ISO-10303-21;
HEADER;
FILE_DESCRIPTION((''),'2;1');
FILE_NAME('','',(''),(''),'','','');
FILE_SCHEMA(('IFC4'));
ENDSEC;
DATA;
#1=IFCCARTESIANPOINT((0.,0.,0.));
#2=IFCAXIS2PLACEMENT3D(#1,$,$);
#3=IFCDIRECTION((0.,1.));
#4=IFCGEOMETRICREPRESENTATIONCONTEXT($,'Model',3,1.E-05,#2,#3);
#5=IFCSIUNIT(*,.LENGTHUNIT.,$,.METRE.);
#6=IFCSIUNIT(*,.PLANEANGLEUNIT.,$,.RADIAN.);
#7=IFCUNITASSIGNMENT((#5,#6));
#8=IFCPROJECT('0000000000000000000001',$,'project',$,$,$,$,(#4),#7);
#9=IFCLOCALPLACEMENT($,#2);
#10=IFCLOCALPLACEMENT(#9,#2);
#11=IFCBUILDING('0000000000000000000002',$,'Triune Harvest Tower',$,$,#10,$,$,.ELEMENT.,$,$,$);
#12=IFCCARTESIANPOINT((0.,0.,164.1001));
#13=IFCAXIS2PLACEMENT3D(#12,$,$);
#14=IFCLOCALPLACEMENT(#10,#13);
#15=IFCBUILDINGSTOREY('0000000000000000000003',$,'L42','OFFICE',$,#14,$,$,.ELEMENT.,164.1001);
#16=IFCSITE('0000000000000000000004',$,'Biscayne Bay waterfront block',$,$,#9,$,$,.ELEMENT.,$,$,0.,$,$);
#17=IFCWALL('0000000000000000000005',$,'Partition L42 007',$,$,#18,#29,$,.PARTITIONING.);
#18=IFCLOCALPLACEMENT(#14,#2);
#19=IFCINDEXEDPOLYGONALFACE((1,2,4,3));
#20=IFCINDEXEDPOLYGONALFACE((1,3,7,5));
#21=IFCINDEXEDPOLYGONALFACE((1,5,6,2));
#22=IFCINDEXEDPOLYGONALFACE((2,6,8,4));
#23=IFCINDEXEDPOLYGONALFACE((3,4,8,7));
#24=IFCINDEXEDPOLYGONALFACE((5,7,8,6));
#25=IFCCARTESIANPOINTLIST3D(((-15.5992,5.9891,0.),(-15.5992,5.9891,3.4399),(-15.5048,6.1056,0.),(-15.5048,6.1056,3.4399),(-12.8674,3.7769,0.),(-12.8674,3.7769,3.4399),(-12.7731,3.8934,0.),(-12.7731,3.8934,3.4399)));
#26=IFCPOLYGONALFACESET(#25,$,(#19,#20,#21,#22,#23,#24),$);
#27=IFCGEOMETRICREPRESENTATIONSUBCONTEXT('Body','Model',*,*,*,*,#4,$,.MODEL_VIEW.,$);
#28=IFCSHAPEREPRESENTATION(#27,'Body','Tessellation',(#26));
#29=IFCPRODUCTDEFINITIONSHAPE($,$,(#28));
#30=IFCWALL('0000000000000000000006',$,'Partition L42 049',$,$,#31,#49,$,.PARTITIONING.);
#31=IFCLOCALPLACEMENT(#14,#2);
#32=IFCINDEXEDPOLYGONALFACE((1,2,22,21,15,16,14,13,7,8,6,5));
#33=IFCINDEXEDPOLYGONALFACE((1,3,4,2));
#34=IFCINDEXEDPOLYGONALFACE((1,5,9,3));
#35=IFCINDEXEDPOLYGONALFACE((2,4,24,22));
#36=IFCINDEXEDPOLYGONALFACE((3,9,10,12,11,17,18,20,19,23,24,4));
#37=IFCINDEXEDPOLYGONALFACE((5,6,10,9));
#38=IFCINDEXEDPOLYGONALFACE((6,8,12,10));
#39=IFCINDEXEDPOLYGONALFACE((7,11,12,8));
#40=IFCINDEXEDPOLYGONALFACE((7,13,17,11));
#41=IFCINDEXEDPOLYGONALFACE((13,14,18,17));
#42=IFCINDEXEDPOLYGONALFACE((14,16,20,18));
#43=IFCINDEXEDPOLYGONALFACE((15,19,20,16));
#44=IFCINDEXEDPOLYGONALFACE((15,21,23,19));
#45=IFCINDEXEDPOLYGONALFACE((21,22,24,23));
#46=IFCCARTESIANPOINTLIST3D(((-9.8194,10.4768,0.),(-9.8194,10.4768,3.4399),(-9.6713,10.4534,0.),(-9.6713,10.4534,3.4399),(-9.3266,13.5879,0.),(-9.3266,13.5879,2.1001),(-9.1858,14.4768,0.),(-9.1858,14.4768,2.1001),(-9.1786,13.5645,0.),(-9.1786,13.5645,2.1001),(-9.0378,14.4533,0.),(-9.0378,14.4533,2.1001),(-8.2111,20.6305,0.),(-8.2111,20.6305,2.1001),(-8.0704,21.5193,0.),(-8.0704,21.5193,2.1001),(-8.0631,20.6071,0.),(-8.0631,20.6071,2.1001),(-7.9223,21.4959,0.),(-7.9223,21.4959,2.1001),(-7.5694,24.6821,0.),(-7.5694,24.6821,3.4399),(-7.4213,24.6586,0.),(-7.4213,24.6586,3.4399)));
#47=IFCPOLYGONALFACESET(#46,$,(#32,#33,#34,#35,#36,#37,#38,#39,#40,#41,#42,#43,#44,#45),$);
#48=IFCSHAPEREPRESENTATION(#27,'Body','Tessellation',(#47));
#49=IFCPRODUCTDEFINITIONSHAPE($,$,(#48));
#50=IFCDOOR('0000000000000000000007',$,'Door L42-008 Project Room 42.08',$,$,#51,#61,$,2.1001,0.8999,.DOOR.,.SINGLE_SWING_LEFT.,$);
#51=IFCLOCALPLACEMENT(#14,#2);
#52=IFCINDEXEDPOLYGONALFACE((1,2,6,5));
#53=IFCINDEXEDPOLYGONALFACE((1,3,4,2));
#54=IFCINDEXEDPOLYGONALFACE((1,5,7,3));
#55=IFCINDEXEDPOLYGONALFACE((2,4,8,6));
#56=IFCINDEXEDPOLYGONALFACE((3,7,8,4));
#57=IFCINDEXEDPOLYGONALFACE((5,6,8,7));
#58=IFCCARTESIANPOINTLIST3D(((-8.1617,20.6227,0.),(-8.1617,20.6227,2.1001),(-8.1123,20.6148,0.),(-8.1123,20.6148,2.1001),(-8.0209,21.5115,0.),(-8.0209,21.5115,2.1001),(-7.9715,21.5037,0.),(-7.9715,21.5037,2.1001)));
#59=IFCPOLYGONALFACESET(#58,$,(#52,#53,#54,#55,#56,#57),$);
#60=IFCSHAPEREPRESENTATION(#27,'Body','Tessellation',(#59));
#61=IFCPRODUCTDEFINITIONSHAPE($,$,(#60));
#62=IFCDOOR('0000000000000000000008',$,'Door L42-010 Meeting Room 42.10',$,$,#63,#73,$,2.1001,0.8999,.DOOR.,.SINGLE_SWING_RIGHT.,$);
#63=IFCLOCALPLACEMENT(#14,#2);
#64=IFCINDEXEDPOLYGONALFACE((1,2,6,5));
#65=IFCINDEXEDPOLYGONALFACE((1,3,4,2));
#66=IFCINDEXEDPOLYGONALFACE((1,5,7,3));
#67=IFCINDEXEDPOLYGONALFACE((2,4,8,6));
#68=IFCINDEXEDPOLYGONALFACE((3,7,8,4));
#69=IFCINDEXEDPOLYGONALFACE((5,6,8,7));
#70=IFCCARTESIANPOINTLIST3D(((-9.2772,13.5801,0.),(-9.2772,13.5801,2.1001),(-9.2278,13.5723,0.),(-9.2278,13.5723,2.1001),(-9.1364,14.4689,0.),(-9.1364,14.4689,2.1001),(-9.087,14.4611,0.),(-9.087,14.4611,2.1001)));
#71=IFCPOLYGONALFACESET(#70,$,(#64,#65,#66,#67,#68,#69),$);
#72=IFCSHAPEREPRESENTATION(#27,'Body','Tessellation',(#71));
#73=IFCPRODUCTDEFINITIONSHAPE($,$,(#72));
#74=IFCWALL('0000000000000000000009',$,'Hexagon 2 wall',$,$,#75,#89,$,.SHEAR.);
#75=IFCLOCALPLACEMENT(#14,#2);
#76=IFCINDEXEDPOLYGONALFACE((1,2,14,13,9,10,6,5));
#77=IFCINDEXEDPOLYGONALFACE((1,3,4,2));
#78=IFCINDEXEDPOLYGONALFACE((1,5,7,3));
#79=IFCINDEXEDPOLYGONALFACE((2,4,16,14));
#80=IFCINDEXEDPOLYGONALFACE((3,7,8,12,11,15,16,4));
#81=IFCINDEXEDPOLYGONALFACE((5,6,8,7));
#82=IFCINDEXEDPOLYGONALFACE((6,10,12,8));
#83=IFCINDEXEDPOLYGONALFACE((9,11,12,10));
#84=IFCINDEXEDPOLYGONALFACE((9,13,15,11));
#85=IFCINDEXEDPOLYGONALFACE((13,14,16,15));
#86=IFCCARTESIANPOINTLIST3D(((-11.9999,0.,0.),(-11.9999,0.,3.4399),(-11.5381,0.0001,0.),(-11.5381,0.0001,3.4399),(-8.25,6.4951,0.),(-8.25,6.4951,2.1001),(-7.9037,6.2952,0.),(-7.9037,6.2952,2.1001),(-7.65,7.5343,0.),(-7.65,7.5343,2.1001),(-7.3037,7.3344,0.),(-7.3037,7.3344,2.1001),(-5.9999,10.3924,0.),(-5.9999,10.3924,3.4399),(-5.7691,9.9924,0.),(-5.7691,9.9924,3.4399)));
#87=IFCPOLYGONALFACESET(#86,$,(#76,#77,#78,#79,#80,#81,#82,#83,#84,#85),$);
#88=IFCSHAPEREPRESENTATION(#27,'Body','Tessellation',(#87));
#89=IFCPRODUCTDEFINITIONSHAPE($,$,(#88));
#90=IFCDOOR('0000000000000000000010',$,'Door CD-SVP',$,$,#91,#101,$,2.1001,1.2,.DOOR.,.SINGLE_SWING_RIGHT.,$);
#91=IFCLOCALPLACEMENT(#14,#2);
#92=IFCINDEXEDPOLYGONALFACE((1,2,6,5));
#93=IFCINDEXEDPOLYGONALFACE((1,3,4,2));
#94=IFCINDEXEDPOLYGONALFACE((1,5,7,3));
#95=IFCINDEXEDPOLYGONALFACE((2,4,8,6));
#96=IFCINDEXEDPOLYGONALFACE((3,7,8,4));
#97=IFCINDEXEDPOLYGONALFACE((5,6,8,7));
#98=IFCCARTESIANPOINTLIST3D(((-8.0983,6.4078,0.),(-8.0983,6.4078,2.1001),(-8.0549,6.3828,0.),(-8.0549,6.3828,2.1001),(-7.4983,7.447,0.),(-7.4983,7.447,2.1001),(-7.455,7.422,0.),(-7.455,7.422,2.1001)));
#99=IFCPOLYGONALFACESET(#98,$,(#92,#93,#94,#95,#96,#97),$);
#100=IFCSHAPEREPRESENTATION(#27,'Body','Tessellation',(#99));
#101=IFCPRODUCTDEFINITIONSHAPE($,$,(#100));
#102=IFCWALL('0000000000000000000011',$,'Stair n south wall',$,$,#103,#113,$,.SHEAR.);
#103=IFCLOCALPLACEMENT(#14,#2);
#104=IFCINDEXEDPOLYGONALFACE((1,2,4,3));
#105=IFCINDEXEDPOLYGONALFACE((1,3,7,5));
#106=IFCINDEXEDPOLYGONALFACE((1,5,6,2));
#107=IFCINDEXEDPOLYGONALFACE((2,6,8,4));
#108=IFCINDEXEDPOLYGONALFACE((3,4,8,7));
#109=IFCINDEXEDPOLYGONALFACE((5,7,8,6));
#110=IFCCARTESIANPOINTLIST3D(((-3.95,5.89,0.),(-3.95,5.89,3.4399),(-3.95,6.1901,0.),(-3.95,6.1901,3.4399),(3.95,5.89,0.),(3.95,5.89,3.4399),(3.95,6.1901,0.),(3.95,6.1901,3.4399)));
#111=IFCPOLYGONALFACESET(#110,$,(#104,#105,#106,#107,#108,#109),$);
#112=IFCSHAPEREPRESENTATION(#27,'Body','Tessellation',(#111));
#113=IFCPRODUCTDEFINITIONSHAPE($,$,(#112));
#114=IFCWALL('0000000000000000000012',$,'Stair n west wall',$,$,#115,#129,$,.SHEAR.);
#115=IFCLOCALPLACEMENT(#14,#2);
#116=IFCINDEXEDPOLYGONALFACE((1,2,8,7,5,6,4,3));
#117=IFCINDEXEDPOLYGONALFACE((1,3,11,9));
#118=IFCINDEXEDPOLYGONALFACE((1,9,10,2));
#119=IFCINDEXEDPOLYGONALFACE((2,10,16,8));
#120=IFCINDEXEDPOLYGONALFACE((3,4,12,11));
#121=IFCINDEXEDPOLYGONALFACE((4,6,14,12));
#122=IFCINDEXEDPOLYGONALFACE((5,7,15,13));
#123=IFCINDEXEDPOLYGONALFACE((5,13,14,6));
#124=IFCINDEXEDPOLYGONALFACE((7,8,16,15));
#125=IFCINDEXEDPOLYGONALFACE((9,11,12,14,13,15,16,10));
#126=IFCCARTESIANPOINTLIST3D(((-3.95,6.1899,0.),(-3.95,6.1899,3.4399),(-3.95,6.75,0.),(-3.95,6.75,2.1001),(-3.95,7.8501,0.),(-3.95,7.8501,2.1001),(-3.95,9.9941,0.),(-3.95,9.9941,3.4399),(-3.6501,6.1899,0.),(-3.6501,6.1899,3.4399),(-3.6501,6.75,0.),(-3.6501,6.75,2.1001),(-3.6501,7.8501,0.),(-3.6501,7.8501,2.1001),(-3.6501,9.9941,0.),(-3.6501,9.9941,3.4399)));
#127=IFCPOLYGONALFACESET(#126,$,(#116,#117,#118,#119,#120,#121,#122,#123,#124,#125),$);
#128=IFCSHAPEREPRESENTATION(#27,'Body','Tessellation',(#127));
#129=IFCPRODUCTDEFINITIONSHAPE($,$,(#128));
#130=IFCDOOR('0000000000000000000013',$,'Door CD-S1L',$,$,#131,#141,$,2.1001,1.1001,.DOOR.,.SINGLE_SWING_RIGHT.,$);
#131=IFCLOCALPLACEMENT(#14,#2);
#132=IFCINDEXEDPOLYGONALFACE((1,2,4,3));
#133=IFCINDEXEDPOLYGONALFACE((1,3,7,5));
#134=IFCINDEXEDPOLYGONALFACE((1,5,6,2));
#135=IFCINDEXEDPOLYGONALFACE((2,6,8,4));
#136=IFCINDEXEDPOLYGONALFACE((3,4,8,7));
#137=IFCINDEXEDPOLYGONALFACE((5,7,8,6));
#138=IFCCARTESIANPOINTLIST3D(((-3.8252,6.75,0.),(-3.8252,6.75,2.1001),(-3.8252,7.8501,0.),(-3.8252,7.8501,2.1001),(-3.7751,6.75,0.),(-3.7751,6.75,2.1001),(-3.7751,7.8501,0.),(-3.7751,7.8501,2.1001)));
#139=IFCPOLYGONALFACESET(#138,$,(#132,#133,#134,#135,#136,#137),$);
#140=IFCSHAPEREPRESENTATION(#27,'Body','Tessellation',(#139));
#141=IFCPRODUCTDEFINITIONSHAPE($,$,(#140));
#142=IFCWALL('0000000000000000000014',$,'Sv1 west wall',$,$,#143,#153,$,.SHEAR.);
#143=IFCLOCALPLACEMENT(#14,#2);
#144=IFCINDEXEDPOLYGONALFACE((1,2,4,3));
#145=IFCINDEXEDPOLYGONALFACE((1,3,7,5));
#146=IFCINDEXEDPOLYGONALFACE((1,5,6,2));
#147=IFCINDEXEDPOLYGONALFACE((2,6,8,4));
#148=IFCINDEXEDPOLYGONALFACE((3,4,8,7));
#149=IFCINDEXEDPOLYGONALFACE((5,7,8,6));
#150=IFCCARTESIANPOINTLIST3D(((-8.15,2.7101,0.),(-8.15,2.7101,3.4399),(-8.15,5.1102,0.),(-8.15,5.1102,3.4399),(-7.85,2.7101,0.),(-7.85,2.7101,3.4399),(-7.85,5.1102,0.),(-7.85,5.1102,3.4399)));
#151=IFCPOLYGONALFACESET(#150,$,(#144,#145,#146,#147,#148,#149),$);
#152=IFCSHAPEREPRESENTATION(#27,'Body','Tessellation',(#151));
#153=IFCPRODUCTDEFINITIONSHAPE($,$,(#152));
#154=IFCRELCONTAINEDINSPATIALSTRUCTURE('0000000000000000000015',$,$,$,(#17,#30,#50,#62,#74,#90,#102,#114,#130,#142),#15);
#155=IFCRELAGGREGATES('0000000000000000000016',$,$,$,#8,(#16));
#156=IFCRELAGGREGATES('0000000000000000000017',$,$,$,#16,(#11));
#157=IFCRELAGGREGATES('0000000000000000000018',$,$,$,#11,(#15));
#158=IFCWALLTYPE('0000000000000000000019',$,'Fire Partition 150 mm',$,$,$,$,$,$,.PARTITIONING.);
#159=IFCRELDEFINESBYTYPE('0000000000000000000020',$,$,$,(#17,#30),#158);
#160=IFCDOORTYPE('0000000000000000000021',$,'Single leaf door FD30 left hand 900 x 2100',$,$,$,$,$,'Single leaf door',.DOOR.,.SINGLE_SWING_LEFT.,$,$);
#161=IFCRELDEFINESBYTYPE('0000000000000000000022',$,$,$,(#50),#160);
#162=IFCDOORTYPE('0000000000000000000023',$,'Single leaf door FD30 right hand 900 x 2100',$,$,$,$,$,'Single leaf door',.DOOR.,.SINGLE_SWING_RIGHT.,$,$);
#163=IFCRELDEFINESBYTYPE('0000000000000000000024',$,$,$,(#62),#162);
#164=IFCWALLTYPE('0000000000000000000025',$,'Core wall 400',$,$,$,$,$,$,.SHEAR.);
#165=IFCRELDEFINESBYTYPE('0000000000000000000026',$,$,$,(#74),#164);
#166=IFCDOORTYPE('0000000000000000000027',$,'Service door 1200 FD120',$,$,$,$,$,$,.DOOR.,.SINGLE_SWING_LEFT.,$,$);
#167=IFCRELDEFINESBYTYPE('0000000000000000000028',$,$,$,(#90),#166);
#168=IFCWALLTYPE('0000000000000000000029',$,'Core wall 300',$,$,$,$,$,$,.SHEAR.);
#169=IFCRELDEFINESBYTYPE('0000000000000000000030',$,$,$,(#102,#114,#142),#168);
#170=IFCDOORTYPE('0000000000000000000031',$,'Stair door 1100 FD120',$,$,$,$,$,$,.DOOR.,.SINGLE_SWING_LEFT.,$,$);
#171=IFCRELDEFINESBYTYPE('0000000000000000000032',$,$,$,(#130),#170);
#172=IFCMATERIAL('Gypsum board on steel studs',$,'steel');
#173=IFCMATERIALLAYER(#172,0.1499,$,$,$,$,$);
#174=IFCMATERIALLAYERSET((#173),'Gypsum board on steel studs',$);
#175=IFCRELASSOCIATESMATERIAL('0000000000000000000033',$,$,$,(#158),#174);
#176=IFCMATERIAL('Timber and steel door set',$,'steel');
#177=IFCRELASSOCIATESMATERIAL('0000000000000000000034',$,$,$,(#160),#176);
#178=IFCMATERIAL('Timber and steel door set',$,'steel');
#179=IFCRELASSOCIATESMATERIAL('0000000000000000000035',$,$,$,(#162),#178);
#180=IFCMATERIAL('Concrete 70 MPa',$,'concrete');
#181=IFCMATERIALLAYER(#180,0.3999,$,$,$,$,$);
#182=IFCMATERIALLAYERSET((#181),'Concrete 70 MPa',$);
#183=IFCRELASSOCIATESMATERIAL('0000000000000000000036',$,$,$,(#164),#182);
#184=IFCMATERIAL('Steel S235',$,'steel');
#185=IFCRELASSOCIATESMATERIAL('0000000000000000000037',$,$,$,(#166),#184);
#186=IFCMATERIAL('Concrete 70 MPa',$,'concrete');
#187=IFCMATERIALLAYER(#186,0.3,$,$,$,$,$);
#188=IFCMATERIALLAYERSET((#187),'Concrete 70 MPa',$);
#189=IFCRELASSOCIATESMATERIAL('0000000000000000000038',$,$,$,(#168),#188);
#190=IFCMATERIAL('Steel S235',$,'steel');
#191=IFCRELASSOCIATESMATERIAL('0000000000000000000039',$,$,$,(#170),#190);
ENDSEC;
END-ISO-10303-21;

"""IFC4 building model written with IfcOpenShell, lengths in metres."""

from ifc_helpers import new_model, si_unit, direction, frame, frame_2d, origin, place, context, subcontext, project, spatial, polyline, rectangle, outline, extrude, source, transform, mapped, material, layer, layer_set, type_object, element, fill, save


model = new_model("IFC4")

# Units and contexts
model_context = context("Model", 3, precision=1e-05, world=origin(), true_north=direction((0.0, 1.0)))
body_context = subcontext(model_context, "Body", "Model", "MODEL_VIEW")
ifc_project = project(units=[si_unit("LENGTHUNIT", "METRE"), si_unit("PLANEANGLEUNIT", "RADIAN")], contexts=[model_context])

# Site, building, storey
site_placement = place(None, origin())
site = spatial("IfcSite", under=ifc_project, at=site_placement, Name="Biscayne Bay waterfront block", CompositionType="ELEMENT", RefElevation=0.0)
building_placement = place(site_placement, origin())
building = spatial("IfcBuilding", under=site, at=building_placement, Name="Triune Harvest Tower", CompositionType="ELEMENT")
storey_placement = place(building_placement, frame((0.0, 0.0, 164.1001)))
storey = spatial("IfcBuildingStorey", under=building, at=storey_placement, Name="L42", Description="OFFICE", CompositionType="ELEMENT", Elevation=164.1001)

# Wall
ifc_material_1 = material(Name="Gypsum board on steel studs", Category="steel")
ifc_layer_1 = layer(ifc_material_1, 0.1499)
ifc_layer_set_1 = layer_set([ifc_layer_1], Name="Gypsum board on steel studs")
wall_type_1 = type_object("IfcWallType", Name="Fire Partition 150 mm", PredefinedType="PARTITIONING", material=ifc_layer_set_1)
wall_1_placement = place(storey_placement, frame((-15.552, 6.0474, 0.0), z_axis=(0.0, 0.0, 1.0), x_axis=(0.777135, -0.629334, 0.0)))
element("IfcWall", 1, at=wall_1_placement, inside=storey, type_object=wall_type_1, Name="Partition L42 007", PredefinedType="PARTITIONING", context=body_context, shape_type="SweptSolid", body=[
    extrude(rectangle(XDim=3.5151, YDim=0.1499, at=frame_2d((1.7576, 0.0))), origin(), (0.0, 0.0, 1.0), 3.4399),
])

# Wall, openings, doors
wall_2_placement = place(storey_placement, frame((-9.7454, 10.4651, 0.0), z_axis=(0.0, 0.0, 1.0), x_axis=(0.156441, 0.987687, 0.0)))
wall_2 = element("IfcWall", 2, at=wall_2_placement, inside=storey, type_object=wall_type_1, Name="Partition L42 049", PredefinedType="PARTITIONING", context=body_context, shape_type="SweptSolid", body=[
    extrude(rectangle(XDim=14.3823, YDim=0.1499, at=frame_2d((7.1912, 0.0))), origin(), (0.0, 0.0, 1.0), 3.4399),
])
opening_1_placement = place(wall_2_placement, frame((10.2803, 0.0, 0.0)))
opening_1 = element("IfcOpeningElement", 3, at=opening_1_placement, cuts=wall_2, PredefinedType="OPENING", context=body_context, shape_type="SweptSolid", body=[
    extrude(rectangle(XDim=0.8999, YDim=2.1001, at=frame_2d((0.45, 1.05))), frame((0.0, 0.085, 0.0), z_axis=(0.0, -1.0, 0.0), x_axis=(1.0, 0.0, 0.0)), (0.0, 0.0, 1.0), 0.1699),
])
opening_2_placement = place(wall_2_placement, frame((3.1499, 0.0, 0.0)))
opening_2 = element("IfcOpeningElement", 4, at=opening_2_placement, cuts=wall_2, PredefinedType="OPENING", context=body_context, shape_type="SweptSolid", body=[
    extrude(rectangle(XDim=0.8999, YDim=2.1001, at=frame_2d((0.45, 1.05))), frame((0.0, 0.085, 0.0), z_axis=(0.0, -1.0, 0.0), x_axis=(1.0, 0.0, 0.0)), (0.0, 0.0, 1.0), 0.1699),
])
ifc_material_2 = material(Name="Timber and steel door set", Category="steel")
door_type_1 = type_object("IfcDoorType", Name="Single leaf door FD30 left hand 900 x 2100", ElementType="Single leaf door", OperationType="SINGLE_SWING_LEFT", PredefinedType="DOOR", material=ifc_material_2)
door_1_placement = place(opening_1_placement, origin())
door_1 = element("IfcDoor", 5, at=door_1_placement, inside=storey, type_object=door_type_1, Name="Door L42-008 Project Room 42.08", OperationType="SINGLE_SWING_LEFT", OverallHeight=2.1001, OverallWidth=0.8999, PredefinedType="DOOR", context=body_context, shape_type="SweptSolid", body=[
    extrude(rectangle(XDim=0.8999, YDim=2.1001, at=frame_2d((0.45, 1.05))), frame((0.0, 0.0249, 0.0), z_axis=(0.0, -1.0, 0.0), x_axis=(1.0, 0.0, 0.0)), (0.0, 0.0, 1.0), 0.05),
])
fill(opening_1, door_1)
ifc_material_3 = material(Name="Timber and steel door set", Category="steel")
door_type_2 = type_object("IfcDoorType", Name="Single leaf door FD30 right hand 900 x 2100", ElementType="Single leaf door", OperationType="SINGLE_SWING_RIGHT", PredefinedType="DOOR", material=ifc_material_3)
door_2_placement = place(opening_2_placement, origin())
door_2 = element("IfcDoor", 6, at=door_2_placement, inside=storey, type_object=door_type_2, Name="Door L42-010 Meeting Room 42.10", OperationType="SINGLE_SWING_RIGHT", OverallHeight=2.1001, OverallWidth=0.8999, PredefinedType="DOOR", context=body_context, shape_type="SweptSolid", body=[
    extrude(rectangle(XDim=0.8999, YDim=2.1001, at=frame_2d((0.45, 1.05))), frame((0.0, 0.0249, 0.0), z_axis=(0.0, -1.0, 0.0), x_axis=(1.0, 0.0, 0.0)), (0.0, 0.0, 1.0), 0.05),
])
fill(opening_2, door_2)

# Wall, opening, door
ifc_material_4 = material(Name="Concrete 70 MPa", Category="concrete")
ifc_layer_2 = layer(ifc_material_4, 0.3999)
ifc_layer_set_2 = layer_set([ifc_layer_2], Name="Concrete 70 MPa")
wall_type_2 = type_object("IfcWallType", Name="Core wall 400", PredefinedType="SHEAR", material=ifc_layer_set_2)
shared_shape_1 = source(origin(), body_context, "Body", "SweptSolid", [
    extrude(outline(polyline([(-0.1155, -0.2), (11.8845, -0.2), (11.6536, 0.2), (0.1155, 0.2), (-0.1155, -0.2)])), origin(), (0.0, 0.0, 1.0), 3.4399),
])
wall_3_placement = place(storey_placement, frame((-5.8845, 10.1924, 0.0), z_axis=(0.0, 0.0, 1.0), x_axis=(-0.499997, -0.866027, 0.0)))
wall_3 = element("IfcWall", 7, at=wall_3_placement, inside=storey, type_object=wall_type_2, Name="Hexagon 2 wall", PredefinedType="SHEAR", context=body_context, shape_type="MappedRepresentation", body=[
    mapped(shared_shape_1, transform((0.0, 0.0, 0.0), scale=1.0)),
])
opening_3_placement = place(wall_3_placement, frame((3.1846, 0.0, 0.0)))
opening_3 = element("IfcOpeningElement", 8, at=opening_3_placement, cuts=wall_3, PredefinedType="OPENING", context=body_context, shape_type="SweptSolid", body=[
    extrude(rectangle(XDim=1.2, YDim=2.1001, at=frame_2d((0.6001, 1.05))), frame((0.0, 0.21, 0.0), z_axis=(0.0, -1.0, 0.0), x_axis=(1.0, 0.0, 0.0)), (0.0, 0.0, 1.0), 0.4199),
])
ifc_material_5 = material(Name="Steel S235", Category="steel")
door_type_3 = type_object("IfcDoorType", Name="Service door 1200 FD120", OperationType="SINGLE_SWING_LEFT", PredefinedType="DOOR", material=ifc_material_5)
door_3_placement = place(opening_3_placement, frame((1.2, 0.0, 0.0), z_axis=(0.0, 0.0, 1.0), x_axis=(-1.0, 0.0, 0.0)))
door_3 = element("IfcDoor", 9, at=door_3_placement, inside=storey, type_object=door_type_3, Name="Door CD-SVP", OperationType="SINGLE_SWING_RIGHT", OverallHeight=2.1001, OverallWidth=1.2, PredefinedType="DOOR", context=body_context, shape_type="SweptSolid", body=[
    extrude(rectangle(XDim=1.2, YDim=2.1001, at=frame_2d((0.6001, 1.05))), frame((0.0, 0.0249, 0.0), z_axis=(0.0, -1.0, 0.0), x_axis=(1.0, 0.0, 0.0)), (0.0, 0.0, 1.0), 0.05),
])
fill(opening_3, door_3)

# Wall
ifc_material_6 = material(Name="Concrete 70 MPa", Category="concrete")
ifc_layer_3 = layer(ifc_material_6, 0.3)
ifc_layer_set_3 = layer_set([ifc_layer_3], Name="Concrete 70 MPa")
wall_type_3 = type_object("IfcWallType", Name="Core wall 300", PredefinedType="SHEAR", material=ifc_layer_set_3)
shared_shape_2 = source(origin(), body_context, "Body", "SweptSolid", [
    extrude(rectangle(XDim=7.8999, YDim=0.3, at=frame_2d((3.95, 0.0))), origin(), (0.0, 0.0, 1.0), 3.4399),
])
wall_4_placement = place(storey_placement, frame((-3.95, 6.04, 0.0), z_axis=(0.0, 0.0, 1.0), x_axis=(1.0, 0.0, 0.0)))
element("IfcWall", 10, at=wall_4_placement, inside=storey, type_object=wall_type_3, Name="Stair n south wall", PredefinedType="SHEAR", context=body_context, shape_type="MappedRepresentation", body=[
    mapped(shared_shape_2, transform((0.0, 0.0, 0.0), scale=1.0)),
])

# Wall, opening, door
shared_shape_3 = source(origin(), body_context, "Body", "SweptSolid", [
    extrude(outline(polyline([(0.0, -0.1499), (0.0, 0.1499), (3.8042, 0.1499), (3.8042, -0.1499), (0.0, -0.1499)])), origin(), (0.0, 0.0, 1.0), 3.4399),
])
wall_5_placement = place(storey_placement, frame((-3.8, 6.1899, 0.0), z_axis=(0.0, 0.0, 1.0), x_axis=(0.0, 1.0, 0.0)))
wall_5 = element("IfcWall", 11, at=wall_5_placement, inside=storey, type_object=wall_type_3, Name="Stair n west wall", PredefinedType="SHEAR", context=body_context, shape_type="MappedRepresentation", body=[
    mapped(shared_shape_3, transform((0.0, 0.0, 0.0), scale=1.0)),
])
opening_4_placement = place(wall_5_placement, frame((0.5601, 0.0, 0.0)))
opening_4 = element("IfcOpeningElement", 12, at=opening_4_placement, cuts=wall_5, PredefinedType="OPENING", context=body_context, shape_type="SweptSolid", body=[
    extrude(rectangle(XDim=1.1001, YDim=2.1001, at=frame_2d((0.55, 1.05))), frame((0.0, 0.1602, 0.0), z_axis=(0.0, -1.0, 0.0), x_axis=(1.0, 0.0, 0.0)), (0.0, 0.0, 1.0), 0.3201),
])
ifc_material_7 = material(Name="Steel S235", Category="steel")
door_type_4 = type_object("IfcDoorType", Name="Stair door 1100 FD120", OperationType="SINGLE_SWING_LEFT", PredefinedType="DOOR", material=ifc_material_7)
door_4_placement = place(opening_4_placement, frame((1.1001, 0.0, 0.0), z_axis=(0.0, 0.0, 1.0), x_axis=(-1.0, 0.0, 0.0)))
door_4 = element("IfcDoor", 13, at=door_4_placement, inside=storey, type_object=door_type_4, Name="Door CD-S1L", OperationType="SINGLE_SWING_RIGHT", OverallHeight=2.1001, OverallWidth=1.1001, PredefinedType="DOOR", context=body_context, shape_type="SweptSolid", body=[
    extrude(rectangle(XDim=1.1001, YDim=2.1001, at=frame_2d((0.55, 1.05))), frame((0.0, 0.0249, 0.0), z_axis=(0.0, -1.0, 0.0), x_axis=(1.0, 0.0, 0.0)), (0.0, 0.0, 1.0), 0.05),
])
fill(opening_4, door_4)

# Wall
shared_shape_4 = source(origin(), body_context, "Body", "SweptSolid", [
    extrude(rectangle(XDim=2.4001, YDim=0.3, at=frame_2d((1.2002, 0.0))), origin(), (0.0, 0.0, 1.0), 3.4399),
])
wall_6_placement = place(storey_placement, frame((-8.0, 2.71, 0.0), z_axis=(0.0, 0.0, 1.0), x_axis=(0.0, 1.0, 0.0)))
element("IfcWall", 14, at=wall_6_placement, inside=storey, type_object=wall_type_3, Name="Sv1 west wall", PredefinedType="SHEAR", context=body_context, shape_type="MappedRepresentation", body=[
    mapped(shared_shape_4, transform((0.0, 0.0, 0.0), scale=1.0)),
])

save(model, "model.ifc")
